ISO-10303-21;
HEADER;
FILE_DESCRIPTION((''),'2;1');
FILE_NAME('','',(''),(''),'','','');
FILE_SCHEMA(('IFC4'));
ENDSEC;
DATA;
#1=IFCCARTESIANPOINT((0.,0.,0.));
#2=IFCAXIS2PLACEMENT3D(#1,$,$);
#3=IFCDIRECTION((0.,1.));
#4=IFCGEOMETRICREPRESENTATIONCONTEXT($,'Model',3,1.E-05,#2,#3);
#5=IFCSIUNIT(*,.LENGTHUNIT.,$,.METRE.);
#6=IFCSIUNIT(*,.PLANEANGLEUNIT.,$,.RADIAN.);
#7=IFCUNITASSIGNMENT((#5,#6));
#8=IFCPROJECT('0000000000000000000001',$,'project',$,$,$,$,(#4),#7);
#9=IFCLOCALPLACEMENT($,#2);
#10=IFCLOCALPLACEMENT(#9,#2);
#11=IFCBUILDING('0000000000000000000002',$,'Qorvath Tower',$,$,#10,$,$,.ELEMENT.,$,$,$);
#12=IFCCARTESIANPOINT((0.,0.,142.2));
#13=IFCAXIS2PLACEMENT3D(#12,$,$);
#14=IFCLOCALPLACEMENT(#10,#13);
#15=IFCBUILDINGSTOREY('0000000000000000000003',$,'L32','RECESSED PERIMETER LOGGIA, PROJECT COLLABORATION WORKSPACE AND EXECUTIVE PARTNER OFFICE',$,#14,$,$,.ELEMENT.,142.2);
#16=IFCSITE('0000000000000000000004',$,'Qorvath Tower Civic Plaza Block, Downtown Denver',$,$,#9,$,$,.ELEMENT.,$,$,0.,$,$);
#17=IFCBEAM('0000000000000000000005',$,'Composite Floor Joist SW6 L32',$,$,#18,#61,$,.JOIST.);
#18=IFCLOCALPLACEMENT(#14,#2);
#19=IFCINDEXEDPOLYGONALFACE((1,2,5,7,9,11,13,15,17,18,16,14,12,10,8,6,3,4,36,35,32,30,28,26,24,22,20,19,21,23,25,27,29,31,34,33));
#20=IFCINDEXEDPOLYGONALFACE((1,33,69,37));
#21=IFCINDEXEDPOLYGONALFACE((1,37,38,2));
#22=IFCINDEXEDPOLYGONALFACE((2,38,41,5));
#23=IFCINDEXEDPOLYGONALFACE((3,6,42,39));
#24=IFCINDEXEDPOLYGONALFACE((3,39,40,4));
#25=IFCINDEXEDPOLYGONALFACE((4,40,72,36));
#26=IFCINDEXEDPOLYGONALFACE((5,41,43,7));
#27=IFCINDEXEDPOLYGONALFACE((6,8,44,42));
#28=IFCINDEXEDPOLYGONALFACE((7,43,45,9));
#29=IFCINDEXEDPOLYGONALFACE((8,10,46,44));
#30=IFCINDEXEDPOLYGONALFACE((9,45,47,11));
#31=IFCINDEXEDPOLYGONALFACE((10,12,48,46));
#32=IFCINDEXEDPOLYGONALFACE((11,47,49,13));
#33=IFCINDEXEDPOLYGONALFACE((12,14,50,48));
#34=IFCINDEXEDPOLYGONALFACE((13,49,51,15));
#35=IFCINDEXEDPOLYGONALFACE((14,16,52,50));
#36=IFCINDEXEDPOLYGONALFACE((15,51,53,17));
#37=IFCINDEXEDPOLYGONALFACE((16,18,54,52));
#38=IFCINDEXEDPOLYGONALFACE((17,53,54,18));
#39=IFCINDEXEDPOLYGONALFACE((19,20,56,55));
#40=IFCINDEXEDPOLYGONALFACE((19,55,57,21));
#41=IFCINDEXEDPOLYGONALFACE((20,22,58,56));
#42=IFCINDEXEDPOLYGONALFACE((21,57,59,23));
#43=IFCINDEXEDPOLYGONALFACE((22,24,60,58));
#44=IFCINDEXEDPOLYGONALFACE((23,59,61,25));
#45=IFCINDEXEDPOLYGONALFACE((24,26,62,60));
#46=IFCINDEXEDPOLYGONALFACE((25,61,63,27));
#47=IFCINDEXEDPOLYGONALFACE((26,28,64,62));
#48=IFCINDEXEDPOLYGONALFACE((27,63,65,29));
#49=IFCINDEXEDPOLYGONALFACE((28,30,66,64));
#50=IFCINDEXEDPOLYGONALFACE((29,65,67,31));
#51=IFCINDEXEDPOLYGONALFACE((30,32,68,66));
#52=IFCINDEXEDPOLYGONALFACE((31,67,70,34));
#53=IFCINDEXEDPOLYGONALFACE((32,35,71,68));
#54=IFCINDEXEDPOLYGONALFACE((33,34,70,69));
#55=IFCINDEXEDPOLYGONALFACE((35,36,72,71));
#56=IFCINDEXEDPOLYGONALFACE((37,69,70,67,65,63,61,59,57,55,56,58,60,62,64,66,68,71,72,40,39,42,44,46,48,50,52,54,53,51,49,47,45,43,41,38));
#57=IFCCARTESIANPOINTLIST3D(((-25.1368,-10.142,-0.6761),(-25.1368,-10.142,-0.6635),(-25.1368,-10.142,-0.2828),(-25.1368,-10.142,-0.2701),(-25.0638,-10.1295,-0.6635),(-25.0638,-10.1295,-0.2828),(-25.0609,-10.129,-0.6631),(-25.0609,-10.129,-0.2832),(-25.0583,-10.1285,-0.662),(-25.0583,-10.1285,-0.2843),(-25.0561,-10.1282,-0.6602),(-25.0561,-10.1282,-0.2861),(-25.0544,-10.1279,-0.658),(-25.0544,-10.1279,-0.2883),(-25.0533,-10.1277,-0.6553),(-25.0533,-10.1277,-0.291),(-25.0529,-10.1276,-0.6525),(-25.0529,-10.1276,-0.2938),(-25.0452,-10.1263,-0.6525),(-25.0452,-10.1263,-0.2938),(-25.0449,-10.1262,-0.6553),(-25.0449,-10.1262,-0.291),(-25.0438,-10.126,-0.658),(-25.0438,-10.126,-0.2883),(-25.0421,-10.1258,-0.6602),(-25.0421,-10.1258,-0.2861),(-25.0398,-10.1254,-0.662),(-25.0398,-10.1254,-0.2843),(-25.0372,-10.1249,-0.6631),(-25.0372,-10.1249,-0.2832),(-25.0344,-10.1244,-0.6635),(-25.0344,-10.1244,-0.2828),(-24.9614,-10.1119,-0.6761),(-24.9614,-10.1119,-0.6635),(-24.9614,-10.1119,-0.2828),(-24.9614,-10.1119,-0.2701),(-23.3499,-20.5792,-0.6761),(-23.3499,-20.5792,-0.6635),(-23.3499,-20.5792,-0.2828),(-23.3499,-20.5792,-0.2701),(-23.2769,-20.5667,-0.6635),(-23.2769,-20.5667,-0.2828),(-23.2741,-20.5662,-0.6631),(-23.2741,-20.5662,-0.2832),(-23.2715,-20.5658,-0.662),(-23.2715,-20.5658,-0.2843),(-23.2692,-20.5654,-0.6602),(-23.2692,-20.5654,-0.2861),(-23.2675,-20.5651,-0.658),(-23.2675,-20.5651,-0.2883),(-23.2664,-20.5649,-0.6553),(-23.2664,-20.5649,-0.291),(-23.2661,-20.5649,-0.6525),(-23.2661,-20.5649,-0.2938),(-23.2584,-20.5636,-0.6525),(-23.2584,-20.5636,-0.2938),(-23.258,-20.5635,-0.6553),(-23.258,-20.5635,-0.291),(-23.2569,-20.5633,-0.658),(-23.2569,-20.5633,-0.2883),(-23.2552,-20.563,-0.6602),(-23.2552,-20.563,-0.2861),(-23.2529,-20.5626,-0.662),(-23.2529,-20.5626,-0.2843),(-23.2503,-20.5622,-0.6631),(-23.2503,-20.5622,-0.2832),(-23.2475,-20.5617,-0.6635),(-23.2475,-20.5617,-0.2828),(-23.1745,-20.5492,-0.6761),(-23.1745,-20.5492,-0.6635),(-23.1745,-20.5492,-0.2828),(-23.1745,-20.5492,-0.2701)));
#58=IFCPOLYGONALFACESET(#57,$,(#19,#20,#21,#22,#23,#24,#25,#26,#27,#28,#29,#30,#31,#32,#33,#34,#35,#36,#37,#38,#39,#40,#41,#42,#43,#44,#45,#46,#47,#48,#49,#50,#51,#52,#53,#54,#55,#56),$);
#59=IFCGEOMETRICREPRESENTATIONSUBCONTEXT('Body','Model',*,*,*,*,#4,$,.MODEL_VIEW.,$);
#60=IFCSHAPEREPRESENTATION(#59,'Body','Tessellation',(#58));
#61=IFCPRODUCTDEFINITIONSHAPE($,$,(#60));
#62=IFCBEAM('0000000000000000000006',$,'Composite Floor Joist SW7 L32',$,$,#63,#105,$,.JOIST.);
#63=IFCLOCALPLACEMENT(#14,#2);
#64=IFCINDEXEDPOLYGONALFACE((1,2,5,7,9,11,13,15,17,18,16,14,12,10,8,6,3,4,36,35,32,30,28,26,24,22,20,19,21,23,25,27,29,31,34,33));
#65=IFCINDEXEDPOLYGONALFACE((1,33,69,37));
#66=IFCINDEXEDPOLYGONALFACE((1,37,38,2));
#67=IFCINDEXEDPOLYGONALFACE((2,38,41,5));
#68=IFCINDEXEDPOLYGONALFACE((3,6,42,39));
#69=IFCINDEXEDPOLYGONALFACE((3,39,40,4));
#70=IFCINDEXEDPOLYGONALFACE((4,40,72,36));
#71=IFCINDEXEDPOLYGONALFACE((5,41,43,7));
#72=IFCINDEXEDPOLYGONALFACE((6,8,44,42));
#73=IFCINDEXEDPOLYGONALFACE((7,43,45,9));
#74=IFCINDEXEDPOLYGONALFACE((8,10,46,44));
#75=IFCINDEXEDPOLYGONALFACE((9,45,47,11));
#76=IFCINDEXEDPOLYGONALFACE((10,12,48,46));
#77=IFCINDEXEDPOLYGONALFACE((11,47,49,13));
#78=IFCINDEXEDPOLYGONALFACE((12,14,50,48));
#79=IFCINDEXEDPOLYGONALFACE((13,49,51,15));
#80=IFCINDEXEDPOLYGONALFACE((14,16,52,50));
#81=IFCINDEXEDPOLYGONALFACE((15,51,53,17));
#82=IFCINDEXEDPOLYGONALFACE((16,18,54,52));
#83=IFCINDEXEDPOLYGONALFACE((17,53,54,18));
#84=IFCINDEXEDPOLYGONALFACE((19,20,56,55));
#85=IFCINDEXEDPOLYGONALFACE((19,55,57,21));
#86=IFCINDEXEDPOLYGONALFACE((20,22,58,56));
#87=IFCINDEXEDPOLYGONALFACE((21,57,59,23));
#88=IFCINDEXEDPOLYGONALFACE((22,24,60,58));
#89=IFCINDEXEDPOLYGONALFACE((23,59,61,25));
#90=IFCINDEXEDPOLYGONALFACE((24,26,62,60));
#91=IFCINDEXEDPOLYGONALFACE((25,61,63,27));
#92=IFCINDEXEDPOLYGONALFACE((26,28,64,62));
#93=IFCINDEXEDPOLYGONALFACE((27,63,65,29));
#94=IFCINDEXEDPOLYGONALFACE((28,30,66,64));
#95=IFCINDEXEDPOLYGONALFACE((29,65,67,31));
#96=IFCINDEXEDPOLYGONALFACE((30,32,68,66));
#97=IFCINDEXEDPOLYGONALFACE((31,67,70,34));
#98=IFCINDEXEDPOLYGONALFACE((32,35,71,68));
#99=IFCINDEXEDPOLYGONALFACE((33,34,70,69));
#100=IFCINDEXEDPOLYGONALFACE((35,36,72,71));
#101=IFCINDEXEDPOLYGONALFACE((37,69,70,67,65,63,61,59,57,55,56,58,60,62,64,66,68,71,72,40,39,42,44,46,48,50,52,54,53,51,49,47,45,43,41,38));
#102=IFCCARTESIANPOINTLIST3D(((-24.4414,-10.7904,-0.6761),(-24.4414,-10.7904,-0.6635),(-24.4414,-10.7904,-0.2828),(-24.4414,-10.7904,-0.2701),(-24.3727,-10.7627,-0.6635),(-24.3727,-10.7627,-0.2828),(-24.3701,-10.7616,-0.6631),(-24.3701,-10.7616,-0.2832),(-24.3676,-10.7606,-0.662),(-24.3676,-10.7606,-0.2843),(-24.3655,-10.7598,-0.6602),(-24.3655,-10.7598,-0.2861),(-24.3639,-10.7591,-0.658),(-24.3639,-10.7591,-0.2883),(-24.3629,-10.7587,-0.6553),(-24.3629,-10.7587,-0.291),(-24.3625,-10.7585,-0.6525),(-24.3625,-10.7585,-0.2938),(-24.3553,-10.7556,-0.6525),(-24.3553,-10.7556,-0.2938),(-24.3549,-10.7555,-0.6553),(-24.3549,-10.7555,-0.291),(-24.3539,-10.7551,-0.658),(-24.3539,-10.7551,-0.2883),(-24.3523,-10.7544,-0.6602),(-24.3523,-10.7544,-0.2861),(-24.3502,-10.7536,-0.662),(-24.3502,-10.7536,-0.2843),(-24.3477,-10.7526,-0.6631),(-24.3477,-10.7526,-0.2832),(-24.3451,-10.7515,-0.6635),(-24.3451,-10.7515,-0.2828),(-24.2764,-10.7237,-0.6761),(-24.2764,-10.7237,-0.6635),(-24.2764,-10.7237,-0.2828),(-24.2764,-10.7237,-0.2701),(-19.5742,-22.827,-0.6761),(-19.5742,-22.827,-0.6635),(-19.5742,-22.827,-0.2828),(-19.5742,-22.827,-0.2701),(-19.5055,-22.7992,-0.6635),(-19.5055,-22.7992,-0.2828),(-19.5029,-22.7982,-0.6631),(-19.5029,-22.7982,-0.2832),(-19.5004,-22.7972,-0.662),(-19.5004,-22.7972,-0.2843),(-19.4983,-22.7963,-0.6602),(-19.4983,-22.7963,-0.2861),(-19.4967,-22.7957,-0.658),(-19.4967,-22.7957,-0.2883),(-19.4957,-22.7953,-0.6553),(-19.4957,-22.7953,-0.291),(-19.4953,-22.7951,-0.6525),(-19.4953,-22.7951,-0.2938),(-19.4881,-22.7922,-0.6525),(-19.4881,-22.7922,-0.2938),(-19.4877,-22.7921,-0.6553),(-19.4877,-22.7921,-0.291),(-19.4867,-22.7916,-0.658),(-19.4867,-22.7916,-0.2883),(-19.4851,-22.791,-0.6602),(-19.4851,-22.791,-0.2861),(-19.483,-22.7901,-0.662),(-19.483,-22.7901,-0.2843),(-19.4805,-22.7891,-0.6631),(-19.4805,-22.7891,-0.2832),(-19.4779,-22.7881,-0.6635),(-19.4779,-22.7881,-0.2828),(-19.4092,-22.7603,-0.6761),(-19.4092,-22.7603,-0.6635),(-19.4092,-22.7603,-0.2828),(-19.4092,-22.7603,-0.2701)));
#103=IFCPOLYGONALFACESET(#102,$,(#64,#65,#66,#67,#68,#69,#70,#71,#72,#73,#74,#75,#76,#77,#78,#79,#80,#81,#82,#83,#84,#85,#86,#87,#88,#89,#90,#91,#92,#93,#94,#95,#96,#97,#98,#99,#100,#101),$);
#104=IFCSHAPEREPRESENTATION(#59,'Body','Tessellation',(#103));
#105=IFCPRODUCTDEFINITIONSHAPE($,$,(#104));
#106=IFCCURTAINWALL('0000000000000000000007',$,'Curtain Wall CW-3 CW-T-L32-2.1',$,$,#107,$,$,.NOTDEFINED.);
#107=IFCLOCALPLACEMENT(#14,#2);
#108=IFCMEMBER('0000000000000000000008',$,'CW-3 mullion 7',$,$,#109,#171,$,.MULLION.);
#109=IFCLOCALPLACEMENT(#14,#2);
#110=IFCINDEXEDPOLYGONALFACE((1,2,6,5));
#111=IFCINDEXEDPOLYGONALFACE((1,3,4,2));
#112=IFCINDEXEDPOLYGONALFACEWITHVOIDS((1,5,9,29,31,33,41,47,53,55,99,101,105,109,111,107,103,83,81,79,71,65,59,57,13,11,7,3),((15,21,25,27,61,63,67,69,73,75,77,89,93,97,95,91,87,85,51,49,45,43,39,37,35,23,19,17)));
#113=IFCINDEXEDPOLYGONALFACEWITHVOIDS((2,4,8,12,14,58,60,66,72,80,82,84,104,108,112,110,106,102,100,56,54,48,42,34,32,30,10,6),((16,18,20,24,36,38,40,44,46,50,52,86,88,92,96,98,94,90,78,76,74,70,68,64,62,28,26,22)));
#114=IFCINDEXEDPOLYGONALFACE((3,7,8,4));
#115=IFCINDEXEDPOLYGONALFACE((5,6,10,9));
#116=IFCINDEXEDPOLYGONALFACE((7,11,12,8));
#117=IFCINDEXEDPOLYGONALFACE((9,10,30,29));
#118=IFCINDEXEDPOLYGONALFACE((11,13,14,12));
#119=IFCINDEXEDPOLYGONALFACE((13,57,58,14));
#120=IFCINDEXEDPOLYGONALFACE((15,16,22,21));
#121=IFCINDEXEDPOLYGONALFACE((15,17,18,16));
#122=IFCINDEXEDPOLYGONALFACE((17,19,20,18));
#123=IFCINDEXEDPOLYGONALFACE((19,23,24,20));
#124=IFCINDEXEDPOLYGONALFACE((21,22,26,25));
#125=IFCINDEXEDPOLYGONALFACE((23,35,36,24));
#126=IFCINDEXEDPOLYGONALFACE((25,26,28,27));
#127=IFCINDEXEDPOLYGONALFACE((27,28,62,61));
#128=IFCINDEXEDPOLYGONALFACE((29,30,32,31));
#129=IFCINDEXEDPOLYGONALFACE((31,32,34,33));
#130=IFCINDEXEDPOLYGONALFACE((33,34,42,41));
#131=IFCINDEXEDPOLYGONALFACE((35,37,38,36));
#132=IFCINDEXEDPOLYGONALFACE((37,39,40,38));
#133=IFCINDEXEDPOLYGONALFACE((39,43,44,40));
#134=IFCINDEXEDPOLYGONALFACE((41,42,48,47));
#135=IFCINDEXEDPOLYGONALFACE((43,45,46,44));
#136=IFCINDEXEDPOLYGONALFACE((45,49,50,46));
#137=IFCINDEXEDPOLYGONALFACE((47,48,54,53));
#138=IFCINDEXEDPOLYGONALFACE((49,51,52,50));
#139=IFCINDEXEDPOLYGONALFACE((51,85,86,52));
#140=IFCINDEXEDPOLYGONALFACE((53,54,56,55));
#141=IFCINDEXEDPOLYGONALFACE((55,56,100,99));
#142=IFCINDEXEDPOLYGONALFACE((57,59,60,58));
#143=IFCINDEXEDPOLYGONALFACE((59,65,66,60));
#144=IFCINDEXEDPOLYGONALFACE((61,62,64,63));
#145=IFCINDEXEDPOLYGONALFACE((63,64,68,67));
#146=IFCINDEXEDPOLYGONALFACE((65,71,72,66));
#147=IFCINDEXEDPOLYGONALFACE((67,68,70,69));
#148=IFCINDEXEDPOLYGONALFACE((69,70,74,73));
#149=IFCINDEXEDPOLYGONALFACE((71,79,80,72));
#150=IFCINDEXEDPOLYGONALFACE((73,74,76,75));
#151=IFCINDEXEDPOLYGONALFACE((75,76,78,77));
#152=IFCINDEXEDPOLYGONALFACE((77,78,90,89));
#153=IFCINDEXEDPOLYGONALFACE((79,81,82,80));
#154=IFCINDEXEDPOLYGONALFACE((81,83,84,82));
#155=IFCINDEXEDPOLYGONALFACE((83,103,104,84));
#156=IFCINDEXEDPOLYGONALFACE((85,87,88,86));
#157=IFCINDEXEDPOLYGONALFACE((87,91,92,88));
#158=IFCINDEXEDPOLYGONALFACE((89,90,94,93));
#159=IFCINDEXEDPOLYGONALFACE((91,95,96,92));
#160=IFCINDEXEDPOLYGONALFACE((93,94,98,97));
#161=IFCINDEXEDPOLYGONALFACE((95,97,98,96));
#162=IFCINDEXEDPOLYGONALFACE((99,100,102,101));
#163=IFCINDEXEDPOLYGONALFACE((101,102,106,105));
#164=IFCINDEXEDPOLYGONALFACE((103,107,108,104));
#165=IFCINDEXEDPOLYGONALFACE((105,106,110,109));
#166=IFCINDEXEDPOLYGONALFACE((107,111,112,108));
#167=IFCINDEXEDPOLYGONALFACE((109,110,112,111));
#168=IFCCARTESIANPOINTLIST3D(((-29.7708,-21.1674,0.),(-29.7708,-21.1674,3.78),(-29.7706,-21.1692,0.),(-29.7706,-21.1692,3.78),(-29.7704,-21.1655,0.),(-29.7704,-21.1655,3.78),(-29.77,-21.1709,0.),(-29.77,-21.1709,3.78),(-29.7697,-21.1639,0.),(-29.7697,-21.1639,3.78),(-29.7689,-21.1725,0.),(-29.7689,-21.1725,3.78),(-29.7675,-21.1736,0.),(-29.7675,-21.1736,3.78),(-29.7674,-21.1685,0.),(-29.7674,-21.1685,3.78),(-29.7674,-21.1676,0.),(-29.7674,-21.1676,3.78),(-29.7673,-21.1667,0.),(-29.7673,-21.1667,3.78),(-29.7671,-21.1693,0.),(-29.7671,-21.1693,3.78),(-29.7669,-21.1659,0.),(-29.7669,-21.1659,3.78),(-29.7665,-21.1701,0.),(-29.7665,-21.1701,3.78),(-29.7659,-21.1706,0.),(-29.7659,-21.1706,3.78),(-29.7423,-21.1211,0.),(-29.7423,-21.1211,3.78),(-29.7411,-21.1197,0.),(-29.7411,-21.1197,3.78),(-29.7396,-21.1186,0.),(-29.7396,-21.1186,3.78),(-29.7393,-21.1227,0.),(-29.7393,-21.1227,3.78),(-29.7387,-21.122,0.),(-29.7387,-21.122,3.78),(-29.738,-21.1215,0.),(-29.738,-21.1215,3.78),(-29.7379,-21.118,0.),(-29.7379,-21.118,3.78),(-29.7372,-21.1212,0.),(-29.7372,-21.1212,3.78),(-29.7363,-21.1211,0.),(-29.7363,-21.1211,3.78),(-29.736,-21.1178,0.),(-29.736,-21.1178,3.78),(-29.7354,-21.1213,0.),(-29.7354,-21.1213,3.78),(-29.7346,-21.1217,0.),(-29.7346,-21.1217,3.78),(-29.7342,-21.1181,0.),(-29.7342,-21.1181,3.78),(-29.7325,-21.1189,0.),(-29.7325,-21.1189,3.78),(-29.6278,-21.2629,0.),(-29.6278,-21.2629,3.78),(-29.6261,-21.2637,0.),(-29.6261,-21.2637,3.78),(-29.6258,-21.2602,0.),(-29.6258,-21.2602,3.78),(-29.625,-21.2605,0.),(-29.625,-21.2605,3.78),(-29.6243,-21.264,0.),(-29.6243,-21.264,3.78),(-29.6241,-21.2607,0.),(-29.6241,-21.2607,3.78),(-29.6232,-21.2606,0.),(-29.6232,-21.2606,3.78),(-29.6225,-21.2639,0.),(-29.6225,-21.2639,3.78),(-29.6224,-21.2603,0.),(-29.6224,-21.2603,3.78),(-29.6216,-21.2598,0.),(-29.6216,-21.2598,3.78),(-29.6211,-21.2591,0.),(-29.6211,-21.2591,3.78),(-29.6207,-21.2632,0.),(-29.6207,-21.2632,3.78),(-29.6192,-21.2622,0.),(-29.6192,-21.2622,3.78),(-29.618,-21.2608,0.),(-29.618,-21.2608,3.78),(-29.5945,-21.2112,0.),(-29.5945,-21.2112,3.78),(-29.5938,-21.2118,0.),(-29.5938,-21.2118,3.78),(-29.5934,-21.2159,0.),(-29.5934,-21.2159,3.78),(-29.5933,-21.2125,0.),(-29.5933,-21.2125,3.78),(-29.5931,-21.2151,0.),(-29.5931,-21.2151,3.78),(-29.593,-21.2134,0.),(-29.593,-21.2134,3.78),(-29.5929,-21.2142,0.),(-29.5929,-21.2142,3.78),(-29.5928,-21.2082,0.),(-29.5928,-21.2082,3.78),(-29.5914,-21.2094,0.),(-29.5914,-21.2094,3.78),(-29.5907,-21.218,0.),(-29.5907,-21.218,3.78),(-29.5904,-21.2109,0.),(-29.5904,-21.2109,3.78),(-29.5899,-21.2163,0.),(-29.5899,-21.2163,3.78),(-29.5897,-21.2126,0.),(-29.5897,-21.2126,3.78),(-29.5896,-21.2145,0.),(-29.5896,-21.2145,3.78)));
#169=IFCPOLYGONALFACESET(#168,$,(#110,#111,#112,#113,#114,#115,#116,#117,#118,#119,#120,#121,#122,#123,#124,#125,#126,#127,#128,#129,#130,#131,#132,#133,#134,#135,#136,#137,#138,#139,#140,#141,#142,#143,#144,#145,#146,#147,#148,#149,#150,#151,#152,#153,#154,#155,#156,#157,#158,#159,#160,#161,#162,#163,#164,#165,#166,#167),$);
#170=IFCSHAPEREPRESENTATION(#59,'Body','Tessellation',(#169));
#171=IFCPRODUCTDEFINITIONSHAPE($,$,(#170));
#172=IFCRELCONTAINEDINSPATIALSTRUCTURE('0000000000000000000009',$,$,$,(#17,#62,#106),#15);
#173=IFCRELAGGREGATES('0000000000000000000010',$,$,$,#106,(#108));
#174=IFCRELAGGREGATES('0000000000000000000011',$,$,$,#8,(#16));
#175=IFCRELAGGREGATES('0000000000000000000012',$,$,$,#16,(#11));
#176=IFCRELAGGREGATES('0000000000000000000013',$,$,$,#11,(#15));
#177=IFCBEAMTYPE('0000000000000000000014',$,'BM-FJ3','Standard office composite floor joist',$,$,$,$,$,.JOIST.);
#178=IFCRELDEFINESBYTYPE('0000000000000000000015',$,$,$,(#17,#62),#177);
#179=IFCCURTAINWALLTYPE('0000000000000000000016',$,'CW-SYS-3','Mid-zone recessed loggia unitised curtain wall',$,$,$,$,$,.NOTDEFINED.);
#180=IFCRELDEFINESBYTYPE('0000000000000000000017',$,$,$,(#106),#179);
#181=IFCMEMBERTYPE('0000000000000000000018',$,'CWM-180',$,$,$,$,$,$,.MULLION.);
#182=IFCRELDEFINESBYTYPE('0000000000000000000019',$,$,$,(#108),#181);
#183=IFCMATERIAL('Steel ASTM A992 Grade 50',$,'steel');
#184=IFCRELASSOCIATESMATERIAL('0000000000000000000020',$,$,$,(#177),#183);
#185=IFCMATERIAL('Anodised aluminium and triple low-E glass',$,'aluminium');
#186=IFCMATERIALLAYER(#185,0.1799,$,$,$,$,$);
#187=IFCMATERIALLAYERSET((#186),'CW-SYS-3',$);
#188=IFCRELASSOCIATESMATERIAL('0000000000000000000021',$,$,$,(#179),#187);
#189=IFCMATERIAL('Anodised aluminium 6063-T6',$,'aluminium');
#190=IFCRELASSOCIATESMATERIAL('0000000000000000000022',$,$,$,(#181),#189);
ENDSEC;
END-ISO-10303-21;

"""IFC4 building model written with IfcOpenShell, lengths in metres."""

from ifc_helpers import new_model, si_unit, direction, frame, origin, origin_2d, place, context, subcontext, project, spatial, hollow_rectangle, i_section, extrude, material, layer, layer_set, material_profile, profile_set, type_object, element, aggregate, save


model = new_model("IFC4")

# Units and contexts
model_context = context("Model", 3, precision=1e-05, world=origin(), true_north=direction((0.0, 1.0)))
body_context = subcontext(model_context, "Body", "Model", "MODEL_VIEW")
ifc_project = project(units=[si_unit("LENGTHUNIT", "METRE"), si_unit("PLANEANGLEUNIT", "RADIAN")], contexts=[model_context])

# Site, building, storey
site_placement = place(None, origin())
site = spatial("IfcSite", under=ifc_project, at=site_placement, Name="Qorvath Tower Civic Plaza Block, Downtown Denver", CompositionType="ELEMENT", RefElevation=0.0)
building_placement = place(site_placement, origin())
building = spatial("IfcBuilding", under=site, at=building_placement, Name="Qorvath Tower", CompositionType="ELEMENT")
storey_placement = place(building_placement, frame((0.0, 0.0, 142.2)))
storey = spatial("IfcBuildingStorey", under=building, at=storey_placement, Name="L32", Description="RECESSED PERIMETER LOGGIA, PROJECT COLLABORATION WORKSPACE AND EXECUTIVE PARTNER OFFICE", CompositionType="ELEMENT", Elevation=142.2)

# Beams
ifc_material_1 = material(Name="Steel ASTM A992 Grade 50", Category="steel")
ifc_material_profile_1 = material_profile(ifc_material_1, i_section(OverallWidth=0.178, OverallDepth=0.406, WebThickness=0.0078, FlangeThickness=0.0127, FilletRadius=0.011, at=origin_2d()), Name="W16x40")
ifc_profile_set_1 = profile_set([ifc_material_profile_1], Name="Steel ASTM A992 Grade 50")
beam_type_1 = type_object("IfcBeamType", Name="BM-FJ3", Description="Standard office composite floor joist", PredefinedType="JOIST", material=ifc_profile_set_1)
beam_1_placement = place(storey_placement, frame((-25.0491, -10.127, -0.4731), z_axis=(0.168746, -0.98566, 0.0), x_axis=(0.98566, 0.168746, 0.0)))
element("IfcBeam", 1, at=beam_1_placement, inside=storey, type_object=beam_type_1, Name="Composite Floor Joist SW6 L32", PredefinedType="JOIST", context=body_context, shape_type="SweptSolid", body=[
    extrude(i_section(OverallWidth=0.178, OverallDepth=0.406, WebThickness=0.0078, FlangeThickness=0.0127, FilletRadius=0.011, at=origin_2d()), origin(), (0.0, 0.0, 1.0), 10.5891),
])
beam_2_placement = place(storey_placement, frame((-24.3589, -10.7571, -0.4731), z_axis=(0.374877, -0.927075, 0.0), x_axis=(0.927075, 0.374877, 0.0)))
element("IfcBeam", 2, at=beam_2_placement, inside=storey, type_object=beam_type_1, Name="Composite Floor Joist SW7 L32", PredefinedType="JOIST", context=body_context, shape_type="SweptSolid", body=[
    extrude(i_section(OverallWidth=0.178, OverallDepth=0.406, WebThickness=0.0078, FlangeThickness=0.0127, FilletRadius=0.011, at=origin_2d()), origin(), (0.0, 0.0, 1.0), 12.9834),
])

# Curtain wall, member
ifc_material_2 = material(Name="Anodised aluminium and triple low-E glass", Category="aluminium")
ifc_layer_1 = layer(ifc_material_2, 0.1799)
ifc_layer_set_1 = layer_set([ifc_layer_1], Name="CW-SYS-3")
curtain_wall_type = type_object("IfcCurtainWallType", Name="CW-SYS-3", Description="Mid-zone recessed loggia unitised curtain wall", PredefinedType="NOTDEFINED", material=ifc_layer_set_1)
curtain_wall_placement = place(storey_placement, origin())
curtain_wall = element("IfcCurtainWall", 3, at=curtain_wall_placement, inside=storey, type_object=curtain_wall_type, Name="Curtain Wall CW-3 CW-T-L32-2.1", PredefinedType="NOTDEFINED")
ifc_material_3 = material(Name="Anodised aluminium 6063-T6", Category="aluminium")
ifc_material_profile_2 = material_profile(ifc_material_3, hollow_rectangle(XDim=0.0649, YDim=0.1799, WallThickness=0.0034, InnerFilletRadius=0.0034, OuterFilletRadius=0.0071, at=origin_2d()), Name="CWM 180x65")
ifc_profile_set_2 = profile_set([ifc_material_profile_2], Name="Anodised aluminium 6063-T6")
member_type_1 = type_object("IfcMemberType", Name="CWM-180", PredefinedType="MULLION", material=ifc_profile_set_2)
member_1_placement = place(storey_placement, frame((-29.6802, -21.1909, 0.0), z_axis=(0.0, 0.0, 1.0), x_axis=(0.538533, 0.842604, 0.0)))
member_1 = element("IfcMember", 4, at=member_1_placement, type_object=member_type_1, Name="CW-3 mullion 7", PredefinedType="MULLION", context=body_context, shape_type="SweptSolid", body=[
    extrude(hollow_rectangle(XDim=0.0649, YDim=0.1799, WallThickness=0.0034, InnerFilletRadius=0.0034, OuterFilletRadius=0.0071, at=origin_2d()), origin(), (0.0, 0.0, 1.0), 3.78),
])
aggregate(curtain_wall, [member_1])

save(model, "model.ifc")
